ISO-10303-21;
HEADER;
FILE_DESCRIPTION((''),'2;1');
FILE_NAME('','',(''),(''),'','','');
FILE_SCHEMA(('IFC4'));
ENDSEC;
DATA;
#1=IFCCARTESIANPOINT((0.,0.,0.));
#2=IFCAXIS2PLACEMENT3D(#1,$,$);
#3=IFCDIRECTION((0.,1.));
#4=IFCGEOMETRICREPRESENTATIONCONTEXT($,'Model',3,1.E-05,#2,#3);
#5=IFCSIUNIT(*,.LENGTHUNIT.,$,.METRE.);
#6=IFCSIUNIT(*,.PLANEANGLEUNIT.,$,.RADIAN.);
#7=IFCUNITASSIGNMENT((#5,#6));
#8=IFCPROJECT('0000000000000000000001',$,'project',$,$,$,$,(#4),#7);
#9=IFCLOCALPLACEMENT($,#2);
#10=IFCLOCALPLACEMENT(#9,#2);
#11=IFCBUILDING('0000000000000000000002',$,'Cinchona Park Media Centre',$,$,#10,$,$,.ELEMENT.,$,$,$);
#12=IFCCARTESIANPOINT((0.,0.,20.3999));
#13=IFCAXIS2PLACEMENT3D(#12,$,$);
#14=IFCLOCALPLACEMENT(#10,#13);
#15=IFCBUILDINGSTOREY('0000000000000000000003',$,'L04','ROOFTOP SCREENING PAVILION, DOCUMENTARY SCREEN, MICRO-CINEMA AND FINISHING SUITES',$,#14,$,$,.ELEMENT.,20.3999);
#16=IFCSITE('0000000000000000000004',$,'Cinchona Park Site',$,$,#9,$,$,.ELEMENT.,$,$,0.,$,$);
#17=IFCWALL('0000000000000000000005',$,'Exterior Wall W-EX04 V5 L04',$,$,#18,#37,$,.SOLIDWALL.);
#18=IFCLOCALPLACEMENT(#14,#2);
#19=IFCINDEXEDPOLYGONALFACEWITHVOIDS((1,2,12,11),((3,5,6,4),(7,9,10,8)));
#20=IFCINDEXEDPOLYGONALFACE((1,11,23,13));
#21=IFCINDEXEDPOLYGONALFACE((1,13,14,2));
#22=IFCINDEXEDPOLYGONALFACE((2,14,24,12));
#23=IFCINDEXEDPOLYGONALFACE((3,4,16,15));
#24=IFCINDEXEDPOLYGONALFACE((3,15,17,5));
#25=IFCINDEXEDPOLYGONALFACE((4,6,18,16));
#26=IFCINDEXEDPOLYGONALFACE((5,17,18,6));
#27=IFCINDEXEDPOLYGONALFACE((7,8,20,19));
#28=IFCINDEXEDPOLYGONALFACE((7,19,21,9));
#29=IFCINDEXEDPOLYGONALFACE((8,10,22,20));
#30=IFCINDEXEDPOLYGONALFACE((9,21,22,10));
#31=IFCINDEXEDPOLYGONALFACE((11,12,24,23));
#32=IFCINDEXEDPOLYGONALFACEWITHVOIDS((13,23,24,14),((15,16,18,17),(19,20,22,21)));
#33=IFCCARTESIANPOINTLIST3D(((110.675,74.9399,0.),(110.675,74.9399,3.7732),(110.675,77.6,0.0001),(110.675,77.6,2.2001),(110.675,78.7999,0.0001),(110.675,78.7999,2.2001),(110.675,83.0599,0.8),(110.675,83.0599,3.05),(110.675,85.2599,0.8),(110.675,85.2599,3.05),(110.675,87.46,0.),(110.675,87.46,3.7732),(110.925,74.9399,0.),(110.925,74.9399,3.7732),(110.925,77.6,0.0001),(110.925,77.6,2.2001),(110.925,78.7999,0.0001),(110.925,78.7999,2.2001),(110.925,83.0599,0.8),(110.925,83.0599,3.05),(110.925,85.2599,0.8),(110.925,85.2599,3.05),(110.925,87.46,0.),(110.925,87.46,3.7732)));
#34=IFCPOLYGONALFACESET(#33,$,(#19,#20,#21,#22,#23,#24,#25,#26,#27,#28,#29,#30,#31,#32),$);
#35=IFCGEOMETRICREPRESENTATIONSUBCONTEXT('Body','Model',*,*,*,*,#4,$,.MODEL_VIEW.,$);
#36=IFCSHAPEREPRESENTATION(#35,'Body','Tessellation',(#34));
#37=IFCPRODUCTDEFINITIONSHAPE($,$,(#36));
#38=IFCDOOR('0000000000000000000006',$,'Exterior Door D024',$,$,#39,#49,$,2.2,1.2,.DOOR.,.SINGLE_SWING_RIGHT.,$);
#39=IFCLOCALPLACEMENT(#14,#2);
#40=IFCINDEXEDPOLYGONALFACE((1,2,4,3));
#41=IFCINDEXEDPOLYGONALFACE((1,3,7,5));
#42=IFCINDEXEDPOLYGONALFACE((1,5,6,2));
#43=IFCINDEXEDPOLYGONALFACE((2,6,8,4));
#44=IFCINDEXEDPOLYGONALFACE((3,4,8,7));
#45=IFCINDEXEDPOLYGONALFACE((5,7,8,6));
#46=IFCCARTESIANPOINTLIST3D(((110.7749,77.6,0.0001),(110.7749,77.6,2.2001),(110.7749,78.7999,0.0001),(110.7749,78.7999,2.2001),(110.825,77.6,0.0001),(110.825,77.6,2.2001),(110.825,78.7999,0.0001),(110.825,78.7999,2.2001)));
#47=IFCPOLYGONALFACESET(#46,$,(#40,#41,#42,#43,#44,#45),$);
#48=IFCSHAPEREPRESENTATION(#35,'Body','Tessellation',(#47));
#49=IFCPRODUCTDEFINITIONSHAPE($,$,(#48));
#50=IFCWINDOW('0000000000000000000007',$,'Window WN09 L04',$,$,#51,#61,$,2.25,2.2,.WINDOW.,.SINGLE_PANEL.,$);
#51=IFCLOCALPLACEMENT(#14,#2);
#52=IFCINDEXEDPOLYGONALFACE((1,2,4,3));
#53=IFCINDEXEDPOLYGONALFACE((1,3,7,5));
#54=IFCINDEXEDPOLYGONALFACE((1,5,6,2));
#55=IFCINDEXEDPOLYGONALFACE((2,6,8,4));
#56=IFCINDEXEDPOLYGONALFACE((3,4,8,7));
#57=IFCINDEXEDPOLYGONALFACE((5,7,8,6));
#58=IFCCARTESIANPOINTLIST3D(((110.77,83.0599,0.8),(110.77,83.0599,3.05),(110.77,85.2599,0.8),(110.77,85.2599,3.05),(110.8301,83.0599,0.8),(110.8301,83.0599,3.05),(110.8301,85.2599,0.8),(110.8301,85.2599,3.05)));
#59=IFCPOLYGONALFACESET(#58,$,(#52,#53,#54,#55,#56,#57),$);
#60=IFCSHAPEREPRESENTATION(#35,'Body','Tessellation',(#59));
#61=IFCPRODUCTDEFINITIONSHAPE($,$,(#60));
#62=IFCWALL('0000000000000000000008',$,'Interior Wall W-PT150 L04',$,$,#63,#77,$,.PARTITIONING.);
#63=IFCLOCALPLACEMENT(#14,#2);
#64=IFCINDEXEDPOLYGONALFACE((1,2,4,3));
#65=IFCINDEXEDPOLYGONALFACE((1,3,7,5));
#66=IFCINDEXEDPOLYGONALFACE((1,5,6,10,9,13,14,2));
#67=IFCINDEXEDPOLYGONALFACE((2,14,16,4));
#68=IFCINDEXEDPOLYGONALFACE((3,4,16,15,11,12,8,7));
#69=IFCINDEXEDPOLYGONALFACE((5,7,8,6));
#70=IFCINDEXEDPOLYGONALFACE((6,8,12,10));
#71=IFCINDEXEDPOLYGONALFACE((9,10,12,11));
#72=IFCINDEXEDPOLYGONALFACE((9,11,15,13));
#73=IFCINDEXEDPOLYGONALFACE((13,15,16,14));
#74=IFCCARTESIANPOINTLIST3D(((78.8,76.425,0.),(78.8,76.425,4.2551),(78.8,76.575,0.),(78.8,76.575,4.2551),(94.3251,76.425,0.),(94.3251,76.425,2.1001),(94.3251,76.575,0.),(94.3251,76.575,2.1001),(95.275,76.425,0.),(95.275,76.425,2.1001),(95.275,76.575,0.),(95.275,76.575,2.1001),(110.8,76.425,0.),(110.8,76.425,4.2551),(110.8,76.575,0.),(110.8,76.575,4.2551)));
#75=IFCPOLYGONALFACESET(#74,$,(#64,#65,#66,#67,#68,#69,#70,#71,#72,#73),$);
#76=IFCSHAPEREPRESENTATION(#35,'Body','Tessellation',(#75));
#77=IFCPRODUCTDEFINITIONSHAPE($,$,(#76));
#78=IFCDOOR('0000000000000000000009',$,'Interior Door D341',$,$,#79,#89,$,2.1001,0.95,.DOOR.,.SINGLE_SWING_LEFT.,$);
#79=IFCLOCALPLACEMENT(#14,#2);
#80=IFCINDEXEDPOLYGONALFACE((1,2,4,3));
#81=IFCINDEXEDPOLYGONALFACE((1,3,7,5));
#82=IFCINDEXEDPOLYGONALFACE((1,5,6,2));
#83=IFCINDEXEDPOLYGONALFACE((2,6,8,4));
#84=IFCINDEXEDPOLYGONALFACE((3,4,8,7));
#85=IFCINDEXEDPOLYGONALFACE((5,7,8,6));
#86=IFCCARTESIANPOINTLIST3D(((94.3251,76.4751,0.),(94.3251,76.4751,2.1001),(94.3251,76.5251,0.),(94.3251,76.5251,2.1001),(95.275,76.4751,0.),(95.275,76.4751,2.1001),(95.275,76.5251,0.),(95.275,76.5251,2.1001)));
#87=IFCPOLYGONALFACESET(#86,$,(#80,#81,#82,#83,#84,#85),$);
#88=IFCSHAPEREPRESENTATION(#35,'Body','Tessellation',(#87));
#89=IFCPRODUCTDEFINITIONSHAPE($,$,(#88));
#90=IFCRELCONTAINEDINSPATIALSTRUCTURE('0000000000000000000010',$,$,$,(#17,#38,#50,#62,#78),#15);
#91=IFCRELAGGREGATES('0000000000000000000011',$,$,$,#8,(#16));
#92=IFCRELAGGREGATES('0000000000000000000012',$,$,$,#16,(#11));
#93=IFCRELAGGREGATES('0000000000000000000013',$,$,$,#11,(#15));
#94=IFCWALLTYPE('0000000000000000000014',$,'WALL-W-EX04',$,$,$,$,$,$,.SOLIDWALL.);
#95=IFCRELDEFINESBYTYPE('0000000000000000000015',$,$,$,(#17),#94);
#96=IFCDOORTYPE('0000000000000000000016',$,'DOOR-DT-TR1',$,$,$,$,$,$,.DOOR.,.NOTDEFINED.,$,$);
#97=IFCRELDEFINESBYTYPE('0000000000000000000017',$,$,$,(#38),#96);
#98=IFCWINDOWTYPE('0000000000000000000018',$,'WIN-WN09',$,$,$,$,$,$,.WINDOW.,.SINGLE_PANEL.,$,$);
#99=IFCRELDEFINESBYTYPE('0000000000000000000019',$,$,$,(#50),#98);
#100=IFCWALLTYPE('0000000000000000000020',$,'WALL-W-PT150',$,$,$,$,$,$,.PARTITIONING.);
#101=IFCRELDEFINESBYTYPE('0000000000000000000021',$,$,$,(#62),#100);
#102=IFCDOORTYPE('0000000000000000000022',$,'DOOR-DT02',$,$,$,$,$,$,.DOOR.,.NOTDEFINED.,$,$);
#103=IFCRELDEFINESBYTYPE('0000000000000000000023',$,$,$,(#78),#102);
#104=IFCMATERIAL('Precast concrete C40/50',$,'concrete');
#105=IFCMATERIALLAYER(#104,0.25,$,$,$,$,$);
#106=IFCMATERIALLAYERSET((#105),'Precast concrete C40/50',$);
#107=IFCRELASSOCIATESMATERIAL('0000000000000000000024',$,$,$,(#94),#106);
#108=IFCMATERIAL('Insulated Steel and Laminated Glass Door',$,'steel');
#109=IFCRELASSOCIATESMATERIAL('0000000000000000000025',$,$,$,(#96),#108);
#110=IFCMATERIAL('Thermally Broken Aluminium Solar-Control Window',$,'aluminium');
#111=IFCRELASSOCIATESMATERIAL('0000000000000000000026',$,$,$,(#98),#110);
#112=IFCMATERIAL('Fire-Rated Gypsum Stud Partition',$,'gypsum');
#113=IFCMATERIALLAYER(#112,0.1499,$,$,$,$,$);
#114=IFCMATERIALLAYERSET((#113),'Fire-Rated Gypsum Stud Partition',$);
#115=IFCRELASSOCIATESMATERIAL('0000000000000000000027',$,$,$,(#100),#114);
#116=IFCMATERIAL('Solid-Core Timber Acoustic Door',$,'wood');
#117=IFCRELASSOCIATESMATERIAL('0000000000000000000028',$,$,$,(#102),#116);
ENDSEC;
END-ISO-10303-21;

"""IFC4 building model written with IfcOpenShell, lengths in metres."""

from ifc_helpers import new_model, si_unit, direction, frame, frame_2d, origin, place, context, subcontext, project, spatial, rectangle, extrude, material, layer, layer_set, type_object, element, fill, save


model = new_model("IFC4")

# Units and contexts
model_context = context("Model", 3, precision=1e-05, world=origin(), true_north=direction((0.0, 1.0)))
body_context = subcontext(model_context, "Body", "Model", "MODEL_VIEW")
ifc_project = project(units=[si_unit("LENGTHUNIT", "METRE"), si_unit("PLANEANGLEUNIT", "RADIAN")], contexts=[model_context])

# Site, building, storey
site_placement = place(None, origin())
site = spatial("IfcSite", under=ifc_project, at=site_placement, Name="Cinchona Park Site", CompositionType="ELEMENT", RefElevation=0.0)
building_placement = place(site_placement, origin())
building = spatial("IfcBuilding", under=site, at=building_placement, Name="Cinchona Park Media Centre", CompositionType="ELEMENT")
storey_placement = place(building_placement, frame((0.0, 0.0, 20.3999)))
storey = spatial("IfcBuildingStorey", under=building, at=storey_placement, Name="L04", Description="ROOFTOP SCREENING PAVILION, DOCUMENTARY SCREEN, MICRO-CINEMA AND FINISHING SUITES", CompositionType="ELEMENT", Elevation=20.3999)

# Wall, openings, door, window
ifc_material_1 = material(Name="Precast concrete C40/50", Category="concrete")
ifc_layer_1 = layer(ifc_material_1, 0.25)
ifc_layer_set_1 = layer_set([ifc_layer_1], Name="Precast concrete C40/50")
wall_type_1 = type_object("IfcWallType", Name="WALL-W-EX04", PredefinedType="SOLIDWALL", material=ifc_layer_set_1)
wall_1_placement = place(storey_placement, frame((110.8, 87.46, 0.0), z_axis=(0.0, 0.0, 1.0), x_axis=(0.0, -1.0, 0.0)))
wall_1 = element("IfcWall", 1, at=wall_1_placement, inside=storey, type_object=wall_type_1, Name="Exterior Wall W-EX04 V5 L04", PredefinedType="SOLIDWALL", context=body_context, shape_type="SweptSolid", body=[
    extrude(rectangle(XDim=12.52, YDim=0.25, at=frame_2d((6.26, 0.0))), origin(), (0.0, 0.0, 1.0), 3.7732),
])
opening_1_placement = place(wall_1_placement, frame((8.6599, 0.0, 0.0)))
opening_1 = element("IfcOpeningElement", 2, at=opening_1_placement, cuts=wall_1, PredefinedType="OPENING", context=body_context, shape_type="SweptSolid", body=[
    extrude(rectangle(XDim=1.2, YDim=2.2, at=frame_2d((0.6001, 1.1001))), frame((0.0, 0.135, 0.0), z_axis=(0.0, -1.0, 0.0), x_axis=(1.0, 0.0, 0.0)), (0.0, 0.0, 1.0), 0.27),
])
opening_2_placement = place(wall_1_placement, frame((2.2, 0.0, 0.8)))
opening_2 = element("IfcOpeningElement", 3, at=opening_2_placement, cuts=wall_1, PredefinedType="OPENING", context=body_context, shape_type="SweptSolid", body=[
    extrude(rectangle(XDim=2.2, YDim=2.25, at=frame_2d((1.1001, 1.125))), frame((0.0, 0.135, 0.0), z_axis=(0.0, -1.0, 0.0), x_axis=(1.0, 0.0, 0.0)), (0.0, 0.0, 1.0), 0.27),
])
ifc_material_2 = material(Name="Insulated Steel and Laminated Glass Door", Category="steel")
door_type_1 = type_object("IfcDoorType", Name="DOOR-DT-TR1", OperationType="NOTDEFINED", PredefinedType="DOOR", material=ifc_material_2)
door_1_placement = place(opening_1_placement, origin())
door_1 = element("IfcDoor", 4, at=door_1_placement, inside=storey, type_object=door_type_1, Name="Exterior Door D024", OperationType="SINGLE_SWING_RIGHT", OverallHeight=2.2, OverallWidth=1.2, PredefinedType="DOOR", context=body_context, shape_type="SweptSolid", body=[
    extrude(rectangle(XDim=1.2, YDim=2.2, at=frame_2d((0.6001, 1.1001))), frame((0.0, 0.0249, 0.0), z_axis=(0.0, -1.0, 0.0), x_axis=(1.0, 0.0, 0.0)), (0.0, 0.0, 1.0), 0.05),
])
fill(opening_1, door_1)
ifc_material_3 = material(Name="Thermally Broken Aluminium Solar-Control Window", Category="aluminium")
window_type = type_object("IfcWindowType", Name="WIN-WN09", PartitioningType="SINGLE_PANEL", PredefinedType="WINDOW", material=ifc_material_3)
window_placement = place(opening_2_placement, origin())
window = element("IfcWindow", 5, at=window_placement, inside=storey, type_object=window_type, Name="Window WN09 L04", OverallHeight=2.25, OverallWidth=2.2, PartitioningType="SINGLE_PANEL", PredefinedType="WINDOW", context=body_context, shape_type="SweptSolid", body=[
    extrude(rectangle(XDim=2.2, YDim=2.25, at=frame_2d((1.1001, 1.125))), frame((0.0, 0.03, 0.0), z_axis=(0.0, -1.0, 0.0), x_axis=(1.0, 0.0, 0.0)), (0.0, 0.0, 1.0), 0.0601),
])
fill(opening_2, window)

# Wall, opening, door
ifc_material_4 = material(Name="Fire-Rated Gypsum Stud Partition", Category="gypsum")
ifc_layer_2 = layer(ifc_material_4, 0.1499)
ifc_layer_set_2 = layer_set([ifc_layer_2], Name="Fire-Rated Gypsum Stud Partition")
wall_type_2 = type_object("IfcWallType", Name="WALL-W-PT150", PredefinedType="PARTITIONING", material=ifc_layer_set_2)
wall_2_placement = place(storey_placement, frame((110.8, 76.5, 0.0), z_axis=(0.0, 0.0, 1.0), x_axis=(-1.0, 0.0, 0.0)))
wall_2 = element("IfcWall", 6, at=wall_2_placement, inside=storey, type_object=wall_type_2, Name="Interior Wall W-PT150 L04", PredefinedType="PARTITIONING", context=body_context, shape_type="SweptSolid", body=[
    extrude(rectangle(XDim=32.0, YDim=0.1499, at=frame_2d((16.0, 0.0))), origin(), (0.0, 0.0, 1.0), 4.2551),
])
opening_3_placement = place(wall_2_placement, frame((15.5249, 0.0, 0.0)))
opening_3 = element("IfcOpeningElement", 7, at=opening_3_placement, cuts=wall_2, PredefinedType="OPENING", context=body_context, shape_type="SweptSolid", body=[
    extrude(rectangle(XDim=0.95, YDim=2.1001, at=frame_2d((0.4751, 1.05))), frame((0.0, 0.085, 0.0), z_axis=(0.0, -1.0, 0.0), x_axis=(1.0, 0.0, 0.0)), (0.0, 0.0, 1.0), 0.1699),
])
ifc_material_5 = material(Name="Solid-Core Timber Acoustic Door", Category="wood")
door_type_2 = type_object("IfcDoorType", Name="DOOR-DT02", OperationType="NOTDEFINED", PredefinedType="DOOR", material=ifc_material_5)
door_2_placement = place(opening_3_placement, origin())
door_2 = element("IfcDoor", 8, at=door_2_placement, inside=storey, type_object=door_type_2, Name="Interior Door D341", OperationType="SINGLE_SWING_LEFT", OverallHeight=2.1001, OverallWidth=0.95, PredefinedType="DOOR", context=body_context, shape_type="SweptSolid", body=[
    extrude(rectangle(XDim=0.95, YDim=2.1001, at=frame_2d((0.4751, 1.05))), frame((0.0, 0.0249, 0.0), z_axis=(0.0, -1.0, 0.0), x_axis=(1.0, 0.0, 0.0)), (0.0, 0.0, 1.0), 0.05),
])
fill(opening_3, door_2)

save(model, "model.ifc")
